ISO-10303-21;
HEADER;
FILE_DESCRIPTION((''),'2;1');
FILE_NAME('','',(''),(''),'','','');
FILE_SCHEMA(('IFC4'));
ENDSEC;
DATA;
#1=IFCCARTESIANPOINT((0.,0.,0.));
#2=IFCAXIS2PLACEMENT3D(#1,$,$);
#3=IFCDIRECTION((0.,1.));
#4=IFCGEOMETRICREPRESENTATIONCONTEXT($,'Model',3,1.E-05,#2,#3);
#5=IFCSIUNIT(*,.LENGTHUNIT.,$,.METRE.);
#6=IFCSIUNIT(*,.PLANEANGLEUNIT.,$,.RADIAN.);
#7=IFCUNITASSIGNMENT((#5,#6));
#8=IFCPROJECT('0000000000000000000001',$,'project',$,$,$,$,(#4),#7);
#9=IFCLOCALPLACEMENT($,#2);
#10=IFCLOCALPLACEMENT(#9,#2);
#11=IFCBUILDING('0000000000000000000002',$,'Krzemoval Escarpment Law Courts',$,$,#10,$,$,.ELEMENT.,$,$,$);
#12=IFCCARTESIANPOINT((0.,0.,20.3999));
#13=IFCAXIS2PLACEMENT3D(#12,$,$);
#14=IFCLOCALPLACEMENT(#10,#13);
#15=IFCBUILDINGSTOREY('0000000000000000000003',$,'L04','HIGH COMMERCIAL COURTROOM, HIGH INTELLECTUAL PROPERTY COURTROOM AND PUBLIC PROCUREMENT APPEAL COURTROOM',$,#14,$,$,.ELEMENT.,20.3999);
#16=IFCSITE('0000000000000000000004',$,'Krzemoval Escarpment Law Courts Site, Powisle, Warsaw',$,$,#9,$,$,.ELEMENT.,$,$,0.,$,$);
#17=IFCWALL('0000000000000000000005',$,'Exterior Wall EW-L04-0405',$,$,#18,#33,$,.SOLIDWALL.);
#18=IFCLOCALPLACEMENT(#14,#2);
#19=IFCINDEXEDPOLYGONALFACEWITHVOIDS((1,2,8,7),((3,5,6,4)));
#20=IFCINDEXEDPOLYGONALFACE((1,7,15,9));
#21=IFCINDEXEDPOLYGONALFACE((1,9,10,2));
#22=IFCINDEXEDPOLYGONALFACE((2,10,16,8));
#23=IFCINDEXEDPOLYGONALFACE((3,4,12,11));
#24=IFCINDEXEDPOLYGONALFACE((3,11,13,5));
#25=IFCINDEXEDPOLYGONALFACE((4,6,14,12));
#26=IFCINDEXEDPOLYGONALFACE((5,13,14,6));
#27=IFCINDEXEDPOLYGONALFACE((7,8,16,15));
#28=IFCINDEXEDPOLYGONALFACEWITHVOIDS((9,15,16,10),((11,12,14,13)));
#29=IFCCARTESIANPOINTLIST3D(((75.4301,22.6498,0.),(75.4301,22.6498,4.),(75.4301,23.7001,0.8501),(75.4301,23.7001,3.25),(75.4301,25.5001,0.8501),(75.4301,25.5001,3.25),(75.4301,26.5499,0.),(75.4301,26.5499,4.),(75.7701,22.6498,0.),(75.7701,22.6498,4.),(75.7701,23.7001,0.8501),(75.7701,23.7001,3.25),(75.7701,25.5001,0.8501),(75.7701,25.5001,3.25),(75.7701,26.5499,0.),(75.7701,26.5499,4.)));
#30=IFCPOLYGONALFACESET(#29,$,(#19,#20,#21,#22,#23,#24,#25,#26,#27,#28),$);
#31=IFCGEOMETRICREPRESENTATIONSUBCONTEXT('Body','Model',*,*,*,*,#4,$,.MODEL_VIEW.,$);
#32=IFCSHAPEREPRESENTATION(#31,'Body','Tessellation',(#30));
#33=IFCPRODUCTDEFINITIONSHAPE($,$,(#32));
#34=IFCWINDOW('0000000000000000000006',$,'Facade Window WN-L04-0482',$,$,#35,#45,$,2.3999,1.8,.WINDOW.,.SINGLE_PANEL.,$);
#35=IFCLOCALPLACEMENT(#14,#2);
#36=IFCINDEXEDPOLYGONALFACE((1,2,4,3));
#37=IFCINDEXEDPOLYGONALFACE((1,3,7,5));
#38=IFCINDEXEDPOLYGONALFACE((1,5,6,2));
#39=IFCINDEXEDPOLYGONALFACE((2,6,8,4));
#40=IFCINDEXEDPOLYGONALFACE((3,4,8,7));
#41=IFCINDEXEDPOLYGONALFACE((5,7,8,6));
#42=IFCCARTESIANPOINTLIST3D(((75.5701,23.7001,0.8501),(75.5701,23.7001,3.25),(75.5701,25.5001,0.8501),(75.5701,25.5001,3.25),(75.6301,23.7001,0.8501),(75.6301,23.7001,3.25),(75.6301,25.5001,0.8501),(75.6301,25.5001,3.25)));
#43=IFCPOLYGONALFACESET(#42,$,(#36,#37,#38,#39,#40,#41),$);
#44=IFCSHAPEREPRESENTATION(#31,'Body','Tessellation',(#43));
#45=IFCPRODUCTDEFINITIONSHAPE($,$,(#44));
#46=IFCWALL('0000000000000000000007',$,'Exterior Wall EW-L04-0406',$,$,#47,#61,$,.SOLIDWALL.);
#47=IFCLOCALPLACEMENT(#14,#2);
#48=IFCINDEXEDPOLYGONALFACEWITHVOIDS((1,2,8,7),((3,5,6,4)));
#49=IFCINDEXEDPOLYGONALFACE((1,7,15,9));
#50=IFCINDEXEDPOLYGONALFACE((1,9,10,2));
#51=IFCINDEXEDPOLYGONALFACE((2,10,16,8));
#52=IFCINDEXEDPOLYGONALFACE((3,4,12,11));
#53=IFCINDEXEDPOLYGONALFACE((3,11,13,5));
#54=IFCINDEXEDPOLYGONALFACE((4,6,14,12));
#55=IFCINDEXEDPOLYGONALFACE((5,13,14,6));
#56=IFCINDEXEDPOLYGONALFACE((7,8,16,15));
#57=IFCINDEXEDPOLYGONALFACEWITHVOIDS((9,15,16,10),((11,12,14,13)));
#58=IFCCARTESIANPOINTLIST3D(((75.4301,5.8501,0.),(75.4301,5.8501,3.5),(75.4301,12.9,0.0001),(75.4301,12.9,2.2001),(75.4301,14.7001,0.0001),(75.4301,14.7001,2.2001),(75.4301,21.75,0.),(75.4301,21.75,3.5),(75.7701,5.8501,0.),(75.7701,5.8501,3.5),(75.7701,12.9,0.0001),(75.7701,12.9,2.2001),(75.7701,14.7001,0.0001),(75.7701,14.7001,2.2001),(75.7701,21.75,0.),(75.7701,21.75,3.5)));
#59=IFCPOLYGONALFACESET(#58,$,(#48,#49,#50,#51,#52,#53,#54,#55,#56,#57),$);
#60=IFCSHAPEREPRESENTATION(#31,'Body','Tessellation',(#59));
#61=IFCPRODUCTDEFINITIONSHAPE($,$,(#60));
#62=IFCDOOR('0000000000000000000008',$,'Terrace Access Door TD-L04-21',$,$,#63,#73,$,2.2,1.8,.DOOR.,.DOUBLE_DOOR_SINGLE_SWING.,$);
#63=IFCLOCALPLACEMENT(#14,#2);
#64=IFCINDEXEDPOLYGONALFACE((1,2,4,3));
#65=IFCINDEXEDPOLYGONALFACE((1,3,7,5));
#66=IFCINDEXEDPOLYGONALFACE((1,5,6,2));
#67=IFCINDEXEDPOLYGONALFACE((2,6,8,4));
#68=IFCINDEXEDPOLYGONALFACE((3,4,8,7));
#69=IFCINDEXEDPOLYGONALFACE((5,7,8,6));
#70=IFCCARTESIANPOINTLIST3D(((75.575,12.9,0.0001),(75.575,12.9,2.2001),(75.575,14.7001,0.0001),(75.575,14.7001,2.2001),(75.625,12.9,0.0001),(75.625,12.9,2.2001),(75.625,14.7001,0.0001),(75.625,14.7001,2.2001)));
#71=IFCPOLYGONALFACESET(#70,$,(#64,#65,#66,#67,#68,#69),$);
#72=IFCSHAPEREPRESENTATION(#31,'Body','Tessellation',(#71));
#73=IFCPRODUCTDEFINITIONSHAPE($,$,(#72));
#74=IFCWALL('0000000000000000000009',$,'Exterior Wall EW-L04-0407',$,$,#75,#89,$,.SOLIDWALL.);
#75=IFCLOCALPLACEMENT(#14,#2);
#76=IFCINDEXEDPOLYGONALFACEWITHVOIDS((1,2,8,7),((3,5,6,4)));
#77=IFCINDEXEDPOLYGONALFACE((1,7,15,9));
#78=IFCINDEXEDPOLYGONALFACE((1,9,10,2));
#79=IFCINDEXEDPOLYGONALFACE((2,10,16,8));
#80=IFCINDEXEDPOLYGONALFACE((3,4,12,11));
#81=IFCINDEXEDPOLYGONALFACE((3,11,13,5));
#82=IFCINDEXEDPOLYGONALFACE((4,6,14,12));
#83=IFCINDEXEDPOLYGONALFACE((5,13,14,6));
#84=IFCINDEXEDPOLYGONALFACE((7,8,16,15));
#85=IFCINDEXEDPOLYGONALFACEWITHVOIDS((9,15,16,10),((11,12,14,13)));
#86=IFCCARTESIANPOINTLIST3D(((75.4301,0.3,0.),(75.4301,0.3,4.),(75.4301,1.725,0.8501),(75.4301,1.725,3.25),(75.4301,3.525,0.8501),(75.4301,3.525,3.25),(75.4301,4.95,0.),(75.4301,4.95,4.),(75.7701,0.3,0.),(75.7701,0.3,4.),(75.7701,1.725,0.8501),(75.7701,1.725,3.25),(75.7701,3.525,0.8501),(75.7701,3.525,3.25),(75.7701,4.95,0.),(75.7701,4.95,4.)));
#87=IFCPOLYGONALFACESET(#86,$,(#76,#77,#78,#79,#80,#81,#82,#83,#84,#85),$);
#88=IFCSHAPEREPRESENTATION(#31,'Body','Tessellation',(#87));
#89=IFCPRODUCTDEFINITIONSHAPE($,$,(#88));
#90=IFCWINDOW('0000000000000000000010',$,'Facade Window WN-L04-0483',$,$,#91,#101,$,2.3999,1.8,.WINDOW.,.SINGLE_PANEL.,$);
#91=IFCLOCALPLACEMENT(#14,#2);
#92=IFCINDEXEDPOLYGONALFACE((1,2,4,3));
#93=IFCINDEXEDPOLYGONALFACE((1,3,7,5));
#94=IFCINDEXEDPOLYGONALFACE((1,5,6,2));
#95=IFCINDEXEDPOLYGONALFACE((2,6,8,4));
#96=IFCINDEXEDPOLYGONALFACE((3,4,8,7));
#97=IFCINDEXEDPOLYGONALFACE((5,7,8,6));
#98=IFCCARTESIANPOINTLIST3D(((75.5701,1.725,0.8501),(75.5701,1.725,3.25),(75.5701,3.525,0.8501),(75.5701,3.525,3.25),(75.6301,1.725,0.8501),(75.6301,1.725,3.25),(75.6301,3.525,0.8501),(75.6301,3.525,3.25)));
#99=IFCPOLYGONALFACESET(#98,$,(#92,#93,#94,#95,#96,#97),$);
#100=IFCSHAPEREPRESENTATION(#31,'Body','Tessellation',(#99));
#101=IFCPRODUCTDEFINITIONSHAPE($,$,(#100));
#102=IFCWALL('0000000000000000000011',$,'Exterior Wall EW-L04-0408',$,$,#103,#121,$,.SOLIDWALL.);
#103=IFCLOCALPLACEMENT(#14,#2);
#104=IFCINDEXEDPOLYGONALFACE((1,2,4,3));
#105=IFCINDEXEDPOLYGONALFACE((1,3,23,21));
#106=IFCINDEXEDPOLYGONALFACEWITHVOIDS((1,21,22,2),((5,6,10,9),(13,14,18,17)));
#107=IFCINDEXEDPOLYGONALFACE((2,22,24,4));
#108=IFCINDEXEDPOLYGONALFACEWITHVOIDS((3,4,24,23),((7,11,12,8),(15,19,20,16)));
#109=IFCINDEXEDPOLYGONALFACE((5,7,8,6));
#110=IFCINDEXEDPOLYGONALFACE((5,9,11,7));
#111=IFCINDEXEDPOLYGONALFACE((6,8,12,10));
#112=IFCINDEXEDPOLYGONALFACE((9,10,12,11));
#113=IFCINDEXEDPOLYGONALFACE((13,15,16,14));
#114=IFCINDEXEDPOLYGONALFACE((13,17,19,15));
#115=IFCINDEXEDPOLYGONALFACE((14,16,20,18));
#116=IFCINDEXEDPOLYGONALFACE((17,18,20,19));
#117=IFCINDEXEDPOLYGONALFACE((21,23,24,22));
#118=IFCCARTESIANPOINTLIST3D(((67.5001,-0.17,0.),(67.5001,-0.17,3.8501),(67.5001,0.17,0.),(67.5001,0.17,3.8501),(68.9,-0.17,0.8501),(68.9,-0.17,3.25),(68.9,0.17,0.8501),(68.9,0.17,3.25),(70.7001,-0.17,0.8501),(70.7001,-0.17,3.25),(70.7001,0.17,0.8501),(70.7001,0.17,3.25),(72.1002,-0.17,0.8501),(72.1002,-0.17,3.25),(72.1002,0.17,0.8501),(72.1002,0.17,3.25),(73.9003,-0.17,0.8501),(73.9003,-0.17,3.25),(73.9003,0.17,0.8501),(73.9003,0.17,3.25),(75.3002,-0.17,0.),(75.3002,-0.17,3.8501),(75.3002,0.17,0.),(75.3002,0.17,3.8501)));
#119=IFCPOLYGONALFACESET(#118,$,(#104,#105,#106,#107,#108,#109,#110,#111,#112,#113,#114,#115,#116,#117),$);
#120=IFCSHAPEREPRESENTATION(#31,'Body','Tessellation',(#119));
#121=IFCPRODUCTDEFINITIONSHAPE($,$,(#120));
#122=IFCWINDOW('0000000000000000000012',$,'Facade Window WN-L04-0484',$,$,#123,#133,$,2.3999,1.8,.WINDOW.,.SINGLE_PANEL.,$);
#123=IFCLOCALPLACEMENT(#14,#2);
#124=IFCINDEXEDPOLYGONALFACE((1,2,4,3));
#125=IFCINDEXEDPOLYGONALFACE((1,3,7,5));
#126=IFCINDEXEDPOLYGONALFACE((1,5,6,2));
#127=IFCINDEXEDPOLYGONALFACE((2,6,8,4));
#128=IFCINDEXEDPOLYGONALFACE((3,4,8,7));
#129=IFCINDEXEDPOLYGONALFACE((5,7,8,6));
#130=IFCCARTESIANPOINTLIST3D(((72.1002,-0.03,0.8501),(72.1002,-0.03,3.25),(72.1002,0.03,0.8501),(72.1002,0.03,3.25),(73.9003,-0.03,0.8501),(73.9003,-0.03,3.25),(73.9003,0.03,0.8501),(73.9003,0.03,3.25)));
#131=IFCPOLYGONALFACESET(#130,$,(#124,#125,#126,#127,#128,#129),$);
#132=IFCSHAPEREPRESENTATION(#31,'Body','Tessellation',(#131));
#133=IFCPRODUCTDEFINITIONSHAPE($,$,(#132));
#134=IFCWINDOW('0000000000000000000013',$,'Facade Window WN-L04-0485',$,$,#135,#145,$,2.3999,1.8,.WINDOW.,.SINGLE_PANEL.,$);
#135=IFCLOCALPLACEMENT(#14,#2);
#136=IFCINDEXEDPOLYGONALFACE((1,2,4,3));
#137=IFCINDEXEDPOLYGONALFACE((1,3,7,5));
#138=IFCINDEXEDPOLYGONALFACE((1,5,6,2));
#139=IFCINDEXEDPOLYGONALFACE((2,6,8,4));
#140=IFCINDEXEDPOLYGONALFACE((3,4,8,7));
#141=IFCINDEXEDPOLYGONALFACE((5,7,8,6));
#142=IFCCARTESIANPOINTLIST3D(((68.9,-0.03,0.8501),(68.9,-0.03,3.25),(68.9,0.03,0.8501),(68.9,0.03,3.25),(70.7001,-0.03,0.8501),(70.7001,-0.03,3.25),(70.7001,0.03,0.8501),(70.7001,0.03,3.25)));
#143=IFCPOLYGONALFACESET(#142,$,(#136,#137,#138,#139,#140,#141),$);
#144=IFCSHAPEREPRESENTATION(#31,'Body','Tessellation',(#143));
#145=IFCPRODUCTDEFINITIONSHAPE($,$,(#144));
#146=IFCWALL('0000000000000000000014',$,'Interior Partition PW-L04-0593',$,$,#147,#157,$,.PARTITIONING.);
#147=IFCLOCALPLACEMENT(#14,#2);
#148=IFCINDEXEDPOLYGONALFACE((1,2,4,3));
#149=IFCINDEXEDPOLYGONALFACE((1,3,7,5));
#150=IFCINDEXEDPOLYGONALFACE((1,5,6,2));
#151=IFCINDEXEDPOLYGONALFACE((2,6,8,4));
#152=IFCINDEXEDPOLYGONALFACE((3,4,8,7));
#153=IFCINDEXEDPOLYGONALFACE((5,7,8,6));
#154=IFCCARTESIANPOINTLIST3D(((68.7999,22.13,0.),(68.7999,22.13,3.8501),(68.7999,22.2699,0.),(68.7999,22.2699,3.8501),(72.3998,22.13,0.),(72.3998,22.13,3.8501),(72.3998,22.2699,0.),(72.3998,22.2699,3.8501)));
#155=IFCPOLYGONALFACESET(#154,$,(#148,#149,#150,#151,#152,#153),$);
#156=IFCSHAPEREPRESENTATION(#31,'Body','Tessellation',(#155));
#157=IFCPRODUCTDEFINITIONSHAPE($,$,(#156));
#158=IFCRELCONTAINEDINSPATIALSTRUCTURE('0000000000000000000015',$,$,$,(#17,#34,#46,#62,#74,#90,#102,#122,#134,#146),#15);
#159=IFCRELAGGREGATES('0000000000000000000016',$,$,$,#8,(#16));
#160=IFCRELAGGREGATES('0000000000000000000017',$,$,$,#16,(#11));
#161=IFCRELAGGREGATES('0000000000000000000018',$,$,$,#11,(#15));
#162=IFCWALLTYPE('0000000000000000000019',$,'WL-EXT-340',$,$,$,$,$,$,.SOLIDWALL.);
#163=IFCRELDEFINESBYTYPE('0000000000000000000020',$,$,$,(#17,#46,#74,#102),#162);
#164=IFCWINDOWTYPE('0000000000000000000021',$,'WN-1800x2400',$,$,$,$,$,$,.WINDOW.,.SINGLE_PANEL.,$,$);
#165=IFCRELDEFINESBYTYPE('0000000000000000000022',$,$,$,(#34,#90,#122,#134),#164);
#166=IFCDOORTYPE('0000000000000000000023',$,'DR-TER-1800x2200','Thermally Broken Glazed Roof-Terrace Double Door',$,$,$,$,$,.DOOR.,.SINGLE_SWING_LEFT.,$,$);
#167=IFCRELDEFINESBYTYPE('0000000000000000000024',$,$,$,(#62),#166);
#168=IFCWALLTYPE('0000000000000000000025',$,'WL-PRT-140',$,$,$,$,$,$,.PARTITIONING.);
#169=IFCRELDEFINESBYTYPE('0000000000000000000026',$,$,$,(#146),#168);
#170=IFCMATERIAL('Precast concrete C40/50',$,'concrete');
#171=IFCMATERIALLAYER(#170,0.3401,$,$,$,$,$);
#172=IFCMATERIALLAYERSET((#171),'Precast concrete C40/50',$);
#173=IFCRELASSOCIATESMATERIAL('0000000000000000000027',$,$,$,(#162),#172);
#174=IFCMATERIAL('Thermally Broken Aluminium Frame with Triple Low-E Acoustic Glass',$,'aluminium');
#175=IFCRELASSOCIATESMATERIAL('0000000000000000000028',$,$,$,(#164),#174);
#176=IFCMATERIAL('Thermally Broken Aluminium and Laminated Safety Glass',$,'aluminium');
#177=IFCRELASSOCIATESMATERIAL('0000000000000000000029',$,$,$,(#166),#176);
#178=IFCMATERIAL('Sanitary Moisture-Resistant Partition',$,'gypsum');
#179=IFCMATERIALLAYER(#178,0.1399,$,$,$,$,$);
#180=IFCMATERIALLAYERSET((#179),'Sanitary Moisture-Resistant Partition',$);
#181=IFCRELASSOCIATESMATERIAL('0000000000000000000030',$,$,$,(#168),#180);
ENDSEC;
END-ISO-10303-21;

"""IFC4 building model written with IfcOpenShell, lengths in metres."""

from ifc_helpers import new_model, si_unit, direction, frame, frame_2d, origin, place, context, subcontext, project, spatial, rectangle, extrude, material, layer, layer_set, type_object, element, fill, save


model = new_model("IFC4")

# Units and contexts
model_context = context("Model", 3, precision=1e-05, world=origin(), true_north=direction((0.0, 1.0)))
body_context = subcontext(model_context, "Body", "Model", "MODEL_VIEW")
ifc_project = project(units=[si_unit("LENGTHUNIT", "METRE"), si_unit("PLANEANGLEUNIT", "RADIAN")], contexts=[model_context])

# Site, building, storey
site_placement = place(None, origin())
site = spatial("IfcSite", under=ifc_project, at=site_placement, Name="Krzemoval Escarpment Law Courts Site, Powisle, Warsaw", CompositionType="ELEMENT", RefElevation=0.0)
building_placement = place(site_placement, origin())
building = spatial("IfcBuilding", under=site, at=building_placement, Name="Krzemoval Escarpment Law Courts", CompositionType="ELEMENT")
storey_placement = place(building_placement, frame((0.0, 0.0, 20.3999)))
storey = spatial("IfcBuildingStorey", under=building, at=storey_placement, Name="L04", Description="HIGH COMMERCIAL COURTROOM, HIGH INTELLECTUAL PROPERTY COURTROOM AND PUBLIC PROCUREMENT APPEAL COURTROOM", CompositionType="ELEMENT", Elevation=20.3999)

# Wall, opening, window
ifc_material_1 = material(Name="Precast concrete C40/50", Category="concrete")
ifc_layer_1 = layer(ifc_material_1, 0.3401)
ifc_layer_set_1 = layer_set([ifc_layer_1], Name="Precast concrete C40/50")
wall_type_1 = type_object("IfcWallType", Name="WL-EXT-340", PredefinedType="SOLIDWALL", material=ifc_layer_set_1)
wall_1_placement = place(storey_placement, frame((75.6001, 26.55, 0.0), z_axis=(0.0, 0.0, 1.0), x_axis=(0.0, -1.0, 0.0)))
wall_1 = element("IfcWall", 1, at=wall_1_placement, inside=storey, type_object=wall_type_1, Name="Exterior Wall EW-L04-0405", PredefinedType="SOLIDWALL", context=body_context, shape_type="SweptSolid", body=[
    extrude(rectangle(XDim=3.9001, YDim=0.3401, at=frame_2d((1.9502, 0.0))), origin(), (0.0, 0.0, 1.0), 4.0),
])
opening_1_placement = place(wall_1_placement, frame((1.05, 0.0, 0.8501)))
opening_1 = element("IfcOpeningElement", 2, at=opening_1_placement, cuts=wall_1, PredefinedType="OPENING", context=body_context, shape_type="SweptSolid", body=[
    extrude(rectangle(XDim=1.8, YDim=2.3999, at=frame_2d((0.8999, 1.2))), frame((0.0, 0.185, 0.0), z_axis=(0.0, -1.0, 0.0), x_axis=(1.0, 0.0, 0.0)), (0.0, 0.0, 1.0), 0.3701),
])
ifc_material_2 = material(Name="Thermally Broken Aluminium Frame with Triple Low-E Acoustic Glass", Category="aluminium")
window_type = type_object("IfcWindowType", Name="WN-1800x2400", PartitioningType="SINGLE_PANEL", PredefinedType="WINDOW", material=ifc_material_2)
window_1_placement = place(opening_1_placement, origin())
window_1 = element("IfcWindow", 3, at=window_1_placement, inside=storey, type_object=window_type, Name="Facade Window WN-L04-0482", OverallHeight=2.3999, OverallWidth=1.8, PartitioningType="SINGLE_PANEL", PredefinedType="WINDOW", context=body_context, shape_type="SweptSolid", body=[
    extrude(rectangle(XDim=1.8, YDim=2.3999, at=frame_2d((0.8999, 1.2))), frame((0.0, 0.03, 0.0), z_axis=(0.0, -1.0, 0.0), x_axis=(1.0, 0.0, 0.0)), (0.0, 0.0, 1.0), 0.0601),
])
fill(opening_1, window_1)

# Wall, opening, door
wall_2_placement = place(storey_placement, frame((75.6001, 21.75, 0.0), z_axis=(0.0, 0.0, 1.0), x_axis=(0.0, -1.0, 0.0)))
wall_2 = element("IfcWall", 4, at=wall_2_placement, inside=storey, type_object=wall_type_1, Name="Exterior Wall EW-L04-0406", PredefinedType="SOLIDWALL", context=body_context, shape_type="SweptSolid", body=[
    extrude(rectangle(XDim=15.8999, YDim=0.3401, at=frame_2d((7.95, 0.0))), origin(), (0.0, 0.0, 1.0), 3.5),
])
opening_2_placement = place(wall_2_placement, frame((7.05, 0.0, 0.0)))
opening_2 = element("IfcOpeningElement", 5, at=opening_2_placement, cuts=wall_2, PredefinedType="OPENING", context=body_context, shape_type="SweptSolid", body=[
    extrude(rectangle(XDim=1.8, YDim=2.2, at=frame_2d((0.8999, 1.1001))), frame((0.0, 0.185, 0.0), z_axis=(0.0, -1.0, 0.0), x_axis=(1.0, 0.0, 0.0)), (0.0, 0.0, 1.0), 0.3701),
])
ifc_material_3 = material(Name="Thermally Broken Aluminium and Laminated Safety Glass", Category="aluminium")
door_type_1 = type_object("IfcDoorType", Name="DR-TER-1800x2200", Description="Thermally Broken Glazed Roof-Terrace Double Door", OperationType="SINGLE_SWING_LEFT", PredefinedType="DOOR", material=ifc_material_3)
door_1_placement = place(opening_2_placement, origin())
door_1 = element("IfcDoor", 6, at=door_1_placement, inside=storey, type_object=door_type_1, Name="Terrace Access Door TD-L04-21", OperationType="DOUBLE_DOOR_SINGLE_SWING", OverallHeight=2.2, OverallWidth=1.8, PredefinedType="DOOR", context=body_context, shape_type="SweptSolid", body=[
    extrude(rectangle(XDim=1.8, YDim=2.2, at=frame_2d((0.8999, 1.1001))), frame((0.0, 0.0249, 0.0), z_axis=(0.0, -1.0, 0.0), x_axis=(1.0, 0.0, 0.0)), (0.0, 0.0, 1.0), 0.05),
])
fill(opening_2, door_1)

# Wall, opening, window
wall_3_placement = place(storey_placement, frame((75.6001, 4.95, 0.0), z_axis=(0.0, 0.0, 1.0), x_axis=(0.0, -1.0, 0.0)))
wall_3 = element("IfcWall", 7, at=wall_3_placement, inside=storey, type_object=wall_type_1, Name="Exterior Wall EW-L04-0407", PredefinedType="SOLIDWALL", context=body_context, shape_type="SweptSolid", body=[
    extrude(rectangle(XDim=4.6499, YDim=0.3401, at=frame_2d((2.325, 0.0))), origin(), (0.0, 0.0, 1.0), 4.0),
])
opening_3_placement = place(wall_3_placement, frame((1.425, 0.0, 0.8501)))
opening_3 = element("IfcOpeningElement", 8, at=opening_3_placement, cuts=wall_3, PredefinedType="OPENING", context=body_context, shape_type="SweptSolid", body=[
    extrude(rectangle(XDim=1.8, YDim=2.3999, at=frame_2d((0.8999, 1.2))), frame((0.0, 0.185, 0.0), z_axis=(0.0, -1.0, 0.0), x_axis=(1.0, 0.0, 0.0)), (0.0, 0.0, 1.0), 0.3701),
])
window_2_placement = place(opening_3_placement, origin())
window_2 = element("IfcWindow", 9, at=window_2_placement, inside=storey, type_object=window_type, Name="Facade Window WN-L04-0483", OverallHeight=2.3999, OverallWidth=1.8, PartitioningType="SINGLE_PANEL", PredefinedType="WINDOW", context=body_context, shape_type="SweptSolid", body=[
    extrude(rectangle(XDim=1.8, YDim=2.3999, at=frame_2d((0.8999, 1.2))), frame((0.0, 0.03, 0.0), z_axis=(0.0, -1.0, 0.0), x_axis=(1.0, 0.0, 0.0)), (0.0, 0.0, 1.0), 0.0601),
])
fill(opening_3, window_2)

# Wall, openings, windows
wall_4_placement = place(storey_placement, frame((75.3, 0.0, 0.0), z_axis=(0.0, 0.0, 1.0), x_axis=(-1.0, 0.0, 0.0)))
wall_4 = element("IfcWall", 10, at=wall_4_placement, inside=storey, type_object=wall_type_1, Name="Exterior Wall EW-L04-0408", PredefinedType="SOLIDWALL", context=body_context, shape_type="SweptSolid", body=[
    extrude(rectangle(XDim=7.8, YDim=0.3401, at=frame_2d((3.8999, 0.0))), origin(), (0.0, 0.0, 1.0), 3.8501),
])
opening_4_placement = place(wall_4_placement, frame((1.3999, 0.0, 0.8501)))
opening_4 = element("IfcOpeningElement", 11, at=opening_4_placement, cuts=wall_4, PredefinedType="OPENING", context=body_context, shape_type="SweptSolid", body=[
    extrude(rectangle(XDim=1.8, YDim=2.3999, at=frame_2d((0.8999, 1.2))), frame((0.0, 0.185, 0.0), z_axis=(0.0, -1.0, 0.0), x_axis=(1.0, 0.0, 0.0)), (0.0, 0.0, 1.0), 0.3701),
])
opening_5_placement = place(wall_4_placement, frame((4.6001, 0.0, 0.8501)))
opening_5 = element("IfcOpeningElement", 12, at=opening_5_placement, cuts=wall_4, PredefinedType="OPENING", context=body_context, shape_type="SweptSolid", body=[
    extrude(rectangle(XDim=1.8, YDim=2.3999, at=frame_2d((0.8999, 1.2))), frame((0.0, 0.185, 0.0), z_axis=(0.0, -1.0, 0.0), x_axis=(1.0, 0.0, 0.0)), (0.0, 0.0, 1.0), 0.3701),
])
window_3_placement = place(opening_4_placement, origin())
window_3 = element("IfcWindow", 13, at=window_3_placement, inside=storey, type_object=window_type, Name="Facade Window WN-L04-0484", OverallHeight=2.3999, OverallWidth=1.8, PartitioningType="SINGLE_PANEL", PredefinedType="WINDOW", context=body_context, shape_type="SweptSolid", body=[
    extrude(rectangle(XDim=1.8, YDim=2.3999, at=frame_2d((0.8999, 1.2))), frame((0.0, 0.03, 0.0), z_axis=(0.0, -1.0, 0.0), x_axis=(1.0, 0.0, 0.0)), (0.0, 0.0, 1.0), 0.0601),
])
fill(opening_4, window_3)
window_4_placement = place(opening_5_placement, origin())
window_4 = element("IfcWindow", 14, at=window_4_placement, inside=storey, type_object=window_type, Name="Facade Window WN-L04-0485", OverallHeight=2.3999, OverallWidth=1.8, PartitioningType="SINGLE_PANEL", PredefinedType="WINDOW", context=body_context, shape_type="SweptSolid", body=[
    extrude(rectangle(XDim=1.8, YDim=2.3999, at=frame_2d((0.8999, 1.2))), frame((0.0, 0.03, 0.0), z_axis=(0.0, -1.0, 0.0), x_axis=(1.0, 0.0, 0.0)), (0.0, 0.0, 1.0), 0.0601),
])
fill(opening_5, window_4)

# Wall
ifc_material_4 = material(Name="Sanitary Moisture-Resistant Partition", Category="gypsum")
ifc_layer_2 = layer(ifc_material_4, 0.1399)
ifc_layer_set_2 = layer_set([ifc_layer_2], Name="Sanitary Moisture-Resistant Partition")
wall_type_2 = type_object("IfcWallType", Name="WL-PRT-140", PredefinedType="PARTITIONING", material=ifc_layer_set_2)
wall_5_placement = place(storey_placement, frame((68.8, 22.2, 0.0), z_axis=(0.0, 0.0, 1.0), x_axis=(1.0, 0.0, 0.0)))
element("IfcWall", 15, at=wall_5_placement, inside=storey, type_object=wall_type_2, Name="Interior Partition PW-L04-0593", PredefinedType="PARTITIONING", context=body_context, shape_type="SweptSolid", body=[
    extrude(rectangle(XDim=3.5999, YDim=0.1399, at=frame_2d((1.7998, 0.0))), origin(), (0.0, 0.0, 1.0), 3.8501),
])

save(model, "model.ifc")
